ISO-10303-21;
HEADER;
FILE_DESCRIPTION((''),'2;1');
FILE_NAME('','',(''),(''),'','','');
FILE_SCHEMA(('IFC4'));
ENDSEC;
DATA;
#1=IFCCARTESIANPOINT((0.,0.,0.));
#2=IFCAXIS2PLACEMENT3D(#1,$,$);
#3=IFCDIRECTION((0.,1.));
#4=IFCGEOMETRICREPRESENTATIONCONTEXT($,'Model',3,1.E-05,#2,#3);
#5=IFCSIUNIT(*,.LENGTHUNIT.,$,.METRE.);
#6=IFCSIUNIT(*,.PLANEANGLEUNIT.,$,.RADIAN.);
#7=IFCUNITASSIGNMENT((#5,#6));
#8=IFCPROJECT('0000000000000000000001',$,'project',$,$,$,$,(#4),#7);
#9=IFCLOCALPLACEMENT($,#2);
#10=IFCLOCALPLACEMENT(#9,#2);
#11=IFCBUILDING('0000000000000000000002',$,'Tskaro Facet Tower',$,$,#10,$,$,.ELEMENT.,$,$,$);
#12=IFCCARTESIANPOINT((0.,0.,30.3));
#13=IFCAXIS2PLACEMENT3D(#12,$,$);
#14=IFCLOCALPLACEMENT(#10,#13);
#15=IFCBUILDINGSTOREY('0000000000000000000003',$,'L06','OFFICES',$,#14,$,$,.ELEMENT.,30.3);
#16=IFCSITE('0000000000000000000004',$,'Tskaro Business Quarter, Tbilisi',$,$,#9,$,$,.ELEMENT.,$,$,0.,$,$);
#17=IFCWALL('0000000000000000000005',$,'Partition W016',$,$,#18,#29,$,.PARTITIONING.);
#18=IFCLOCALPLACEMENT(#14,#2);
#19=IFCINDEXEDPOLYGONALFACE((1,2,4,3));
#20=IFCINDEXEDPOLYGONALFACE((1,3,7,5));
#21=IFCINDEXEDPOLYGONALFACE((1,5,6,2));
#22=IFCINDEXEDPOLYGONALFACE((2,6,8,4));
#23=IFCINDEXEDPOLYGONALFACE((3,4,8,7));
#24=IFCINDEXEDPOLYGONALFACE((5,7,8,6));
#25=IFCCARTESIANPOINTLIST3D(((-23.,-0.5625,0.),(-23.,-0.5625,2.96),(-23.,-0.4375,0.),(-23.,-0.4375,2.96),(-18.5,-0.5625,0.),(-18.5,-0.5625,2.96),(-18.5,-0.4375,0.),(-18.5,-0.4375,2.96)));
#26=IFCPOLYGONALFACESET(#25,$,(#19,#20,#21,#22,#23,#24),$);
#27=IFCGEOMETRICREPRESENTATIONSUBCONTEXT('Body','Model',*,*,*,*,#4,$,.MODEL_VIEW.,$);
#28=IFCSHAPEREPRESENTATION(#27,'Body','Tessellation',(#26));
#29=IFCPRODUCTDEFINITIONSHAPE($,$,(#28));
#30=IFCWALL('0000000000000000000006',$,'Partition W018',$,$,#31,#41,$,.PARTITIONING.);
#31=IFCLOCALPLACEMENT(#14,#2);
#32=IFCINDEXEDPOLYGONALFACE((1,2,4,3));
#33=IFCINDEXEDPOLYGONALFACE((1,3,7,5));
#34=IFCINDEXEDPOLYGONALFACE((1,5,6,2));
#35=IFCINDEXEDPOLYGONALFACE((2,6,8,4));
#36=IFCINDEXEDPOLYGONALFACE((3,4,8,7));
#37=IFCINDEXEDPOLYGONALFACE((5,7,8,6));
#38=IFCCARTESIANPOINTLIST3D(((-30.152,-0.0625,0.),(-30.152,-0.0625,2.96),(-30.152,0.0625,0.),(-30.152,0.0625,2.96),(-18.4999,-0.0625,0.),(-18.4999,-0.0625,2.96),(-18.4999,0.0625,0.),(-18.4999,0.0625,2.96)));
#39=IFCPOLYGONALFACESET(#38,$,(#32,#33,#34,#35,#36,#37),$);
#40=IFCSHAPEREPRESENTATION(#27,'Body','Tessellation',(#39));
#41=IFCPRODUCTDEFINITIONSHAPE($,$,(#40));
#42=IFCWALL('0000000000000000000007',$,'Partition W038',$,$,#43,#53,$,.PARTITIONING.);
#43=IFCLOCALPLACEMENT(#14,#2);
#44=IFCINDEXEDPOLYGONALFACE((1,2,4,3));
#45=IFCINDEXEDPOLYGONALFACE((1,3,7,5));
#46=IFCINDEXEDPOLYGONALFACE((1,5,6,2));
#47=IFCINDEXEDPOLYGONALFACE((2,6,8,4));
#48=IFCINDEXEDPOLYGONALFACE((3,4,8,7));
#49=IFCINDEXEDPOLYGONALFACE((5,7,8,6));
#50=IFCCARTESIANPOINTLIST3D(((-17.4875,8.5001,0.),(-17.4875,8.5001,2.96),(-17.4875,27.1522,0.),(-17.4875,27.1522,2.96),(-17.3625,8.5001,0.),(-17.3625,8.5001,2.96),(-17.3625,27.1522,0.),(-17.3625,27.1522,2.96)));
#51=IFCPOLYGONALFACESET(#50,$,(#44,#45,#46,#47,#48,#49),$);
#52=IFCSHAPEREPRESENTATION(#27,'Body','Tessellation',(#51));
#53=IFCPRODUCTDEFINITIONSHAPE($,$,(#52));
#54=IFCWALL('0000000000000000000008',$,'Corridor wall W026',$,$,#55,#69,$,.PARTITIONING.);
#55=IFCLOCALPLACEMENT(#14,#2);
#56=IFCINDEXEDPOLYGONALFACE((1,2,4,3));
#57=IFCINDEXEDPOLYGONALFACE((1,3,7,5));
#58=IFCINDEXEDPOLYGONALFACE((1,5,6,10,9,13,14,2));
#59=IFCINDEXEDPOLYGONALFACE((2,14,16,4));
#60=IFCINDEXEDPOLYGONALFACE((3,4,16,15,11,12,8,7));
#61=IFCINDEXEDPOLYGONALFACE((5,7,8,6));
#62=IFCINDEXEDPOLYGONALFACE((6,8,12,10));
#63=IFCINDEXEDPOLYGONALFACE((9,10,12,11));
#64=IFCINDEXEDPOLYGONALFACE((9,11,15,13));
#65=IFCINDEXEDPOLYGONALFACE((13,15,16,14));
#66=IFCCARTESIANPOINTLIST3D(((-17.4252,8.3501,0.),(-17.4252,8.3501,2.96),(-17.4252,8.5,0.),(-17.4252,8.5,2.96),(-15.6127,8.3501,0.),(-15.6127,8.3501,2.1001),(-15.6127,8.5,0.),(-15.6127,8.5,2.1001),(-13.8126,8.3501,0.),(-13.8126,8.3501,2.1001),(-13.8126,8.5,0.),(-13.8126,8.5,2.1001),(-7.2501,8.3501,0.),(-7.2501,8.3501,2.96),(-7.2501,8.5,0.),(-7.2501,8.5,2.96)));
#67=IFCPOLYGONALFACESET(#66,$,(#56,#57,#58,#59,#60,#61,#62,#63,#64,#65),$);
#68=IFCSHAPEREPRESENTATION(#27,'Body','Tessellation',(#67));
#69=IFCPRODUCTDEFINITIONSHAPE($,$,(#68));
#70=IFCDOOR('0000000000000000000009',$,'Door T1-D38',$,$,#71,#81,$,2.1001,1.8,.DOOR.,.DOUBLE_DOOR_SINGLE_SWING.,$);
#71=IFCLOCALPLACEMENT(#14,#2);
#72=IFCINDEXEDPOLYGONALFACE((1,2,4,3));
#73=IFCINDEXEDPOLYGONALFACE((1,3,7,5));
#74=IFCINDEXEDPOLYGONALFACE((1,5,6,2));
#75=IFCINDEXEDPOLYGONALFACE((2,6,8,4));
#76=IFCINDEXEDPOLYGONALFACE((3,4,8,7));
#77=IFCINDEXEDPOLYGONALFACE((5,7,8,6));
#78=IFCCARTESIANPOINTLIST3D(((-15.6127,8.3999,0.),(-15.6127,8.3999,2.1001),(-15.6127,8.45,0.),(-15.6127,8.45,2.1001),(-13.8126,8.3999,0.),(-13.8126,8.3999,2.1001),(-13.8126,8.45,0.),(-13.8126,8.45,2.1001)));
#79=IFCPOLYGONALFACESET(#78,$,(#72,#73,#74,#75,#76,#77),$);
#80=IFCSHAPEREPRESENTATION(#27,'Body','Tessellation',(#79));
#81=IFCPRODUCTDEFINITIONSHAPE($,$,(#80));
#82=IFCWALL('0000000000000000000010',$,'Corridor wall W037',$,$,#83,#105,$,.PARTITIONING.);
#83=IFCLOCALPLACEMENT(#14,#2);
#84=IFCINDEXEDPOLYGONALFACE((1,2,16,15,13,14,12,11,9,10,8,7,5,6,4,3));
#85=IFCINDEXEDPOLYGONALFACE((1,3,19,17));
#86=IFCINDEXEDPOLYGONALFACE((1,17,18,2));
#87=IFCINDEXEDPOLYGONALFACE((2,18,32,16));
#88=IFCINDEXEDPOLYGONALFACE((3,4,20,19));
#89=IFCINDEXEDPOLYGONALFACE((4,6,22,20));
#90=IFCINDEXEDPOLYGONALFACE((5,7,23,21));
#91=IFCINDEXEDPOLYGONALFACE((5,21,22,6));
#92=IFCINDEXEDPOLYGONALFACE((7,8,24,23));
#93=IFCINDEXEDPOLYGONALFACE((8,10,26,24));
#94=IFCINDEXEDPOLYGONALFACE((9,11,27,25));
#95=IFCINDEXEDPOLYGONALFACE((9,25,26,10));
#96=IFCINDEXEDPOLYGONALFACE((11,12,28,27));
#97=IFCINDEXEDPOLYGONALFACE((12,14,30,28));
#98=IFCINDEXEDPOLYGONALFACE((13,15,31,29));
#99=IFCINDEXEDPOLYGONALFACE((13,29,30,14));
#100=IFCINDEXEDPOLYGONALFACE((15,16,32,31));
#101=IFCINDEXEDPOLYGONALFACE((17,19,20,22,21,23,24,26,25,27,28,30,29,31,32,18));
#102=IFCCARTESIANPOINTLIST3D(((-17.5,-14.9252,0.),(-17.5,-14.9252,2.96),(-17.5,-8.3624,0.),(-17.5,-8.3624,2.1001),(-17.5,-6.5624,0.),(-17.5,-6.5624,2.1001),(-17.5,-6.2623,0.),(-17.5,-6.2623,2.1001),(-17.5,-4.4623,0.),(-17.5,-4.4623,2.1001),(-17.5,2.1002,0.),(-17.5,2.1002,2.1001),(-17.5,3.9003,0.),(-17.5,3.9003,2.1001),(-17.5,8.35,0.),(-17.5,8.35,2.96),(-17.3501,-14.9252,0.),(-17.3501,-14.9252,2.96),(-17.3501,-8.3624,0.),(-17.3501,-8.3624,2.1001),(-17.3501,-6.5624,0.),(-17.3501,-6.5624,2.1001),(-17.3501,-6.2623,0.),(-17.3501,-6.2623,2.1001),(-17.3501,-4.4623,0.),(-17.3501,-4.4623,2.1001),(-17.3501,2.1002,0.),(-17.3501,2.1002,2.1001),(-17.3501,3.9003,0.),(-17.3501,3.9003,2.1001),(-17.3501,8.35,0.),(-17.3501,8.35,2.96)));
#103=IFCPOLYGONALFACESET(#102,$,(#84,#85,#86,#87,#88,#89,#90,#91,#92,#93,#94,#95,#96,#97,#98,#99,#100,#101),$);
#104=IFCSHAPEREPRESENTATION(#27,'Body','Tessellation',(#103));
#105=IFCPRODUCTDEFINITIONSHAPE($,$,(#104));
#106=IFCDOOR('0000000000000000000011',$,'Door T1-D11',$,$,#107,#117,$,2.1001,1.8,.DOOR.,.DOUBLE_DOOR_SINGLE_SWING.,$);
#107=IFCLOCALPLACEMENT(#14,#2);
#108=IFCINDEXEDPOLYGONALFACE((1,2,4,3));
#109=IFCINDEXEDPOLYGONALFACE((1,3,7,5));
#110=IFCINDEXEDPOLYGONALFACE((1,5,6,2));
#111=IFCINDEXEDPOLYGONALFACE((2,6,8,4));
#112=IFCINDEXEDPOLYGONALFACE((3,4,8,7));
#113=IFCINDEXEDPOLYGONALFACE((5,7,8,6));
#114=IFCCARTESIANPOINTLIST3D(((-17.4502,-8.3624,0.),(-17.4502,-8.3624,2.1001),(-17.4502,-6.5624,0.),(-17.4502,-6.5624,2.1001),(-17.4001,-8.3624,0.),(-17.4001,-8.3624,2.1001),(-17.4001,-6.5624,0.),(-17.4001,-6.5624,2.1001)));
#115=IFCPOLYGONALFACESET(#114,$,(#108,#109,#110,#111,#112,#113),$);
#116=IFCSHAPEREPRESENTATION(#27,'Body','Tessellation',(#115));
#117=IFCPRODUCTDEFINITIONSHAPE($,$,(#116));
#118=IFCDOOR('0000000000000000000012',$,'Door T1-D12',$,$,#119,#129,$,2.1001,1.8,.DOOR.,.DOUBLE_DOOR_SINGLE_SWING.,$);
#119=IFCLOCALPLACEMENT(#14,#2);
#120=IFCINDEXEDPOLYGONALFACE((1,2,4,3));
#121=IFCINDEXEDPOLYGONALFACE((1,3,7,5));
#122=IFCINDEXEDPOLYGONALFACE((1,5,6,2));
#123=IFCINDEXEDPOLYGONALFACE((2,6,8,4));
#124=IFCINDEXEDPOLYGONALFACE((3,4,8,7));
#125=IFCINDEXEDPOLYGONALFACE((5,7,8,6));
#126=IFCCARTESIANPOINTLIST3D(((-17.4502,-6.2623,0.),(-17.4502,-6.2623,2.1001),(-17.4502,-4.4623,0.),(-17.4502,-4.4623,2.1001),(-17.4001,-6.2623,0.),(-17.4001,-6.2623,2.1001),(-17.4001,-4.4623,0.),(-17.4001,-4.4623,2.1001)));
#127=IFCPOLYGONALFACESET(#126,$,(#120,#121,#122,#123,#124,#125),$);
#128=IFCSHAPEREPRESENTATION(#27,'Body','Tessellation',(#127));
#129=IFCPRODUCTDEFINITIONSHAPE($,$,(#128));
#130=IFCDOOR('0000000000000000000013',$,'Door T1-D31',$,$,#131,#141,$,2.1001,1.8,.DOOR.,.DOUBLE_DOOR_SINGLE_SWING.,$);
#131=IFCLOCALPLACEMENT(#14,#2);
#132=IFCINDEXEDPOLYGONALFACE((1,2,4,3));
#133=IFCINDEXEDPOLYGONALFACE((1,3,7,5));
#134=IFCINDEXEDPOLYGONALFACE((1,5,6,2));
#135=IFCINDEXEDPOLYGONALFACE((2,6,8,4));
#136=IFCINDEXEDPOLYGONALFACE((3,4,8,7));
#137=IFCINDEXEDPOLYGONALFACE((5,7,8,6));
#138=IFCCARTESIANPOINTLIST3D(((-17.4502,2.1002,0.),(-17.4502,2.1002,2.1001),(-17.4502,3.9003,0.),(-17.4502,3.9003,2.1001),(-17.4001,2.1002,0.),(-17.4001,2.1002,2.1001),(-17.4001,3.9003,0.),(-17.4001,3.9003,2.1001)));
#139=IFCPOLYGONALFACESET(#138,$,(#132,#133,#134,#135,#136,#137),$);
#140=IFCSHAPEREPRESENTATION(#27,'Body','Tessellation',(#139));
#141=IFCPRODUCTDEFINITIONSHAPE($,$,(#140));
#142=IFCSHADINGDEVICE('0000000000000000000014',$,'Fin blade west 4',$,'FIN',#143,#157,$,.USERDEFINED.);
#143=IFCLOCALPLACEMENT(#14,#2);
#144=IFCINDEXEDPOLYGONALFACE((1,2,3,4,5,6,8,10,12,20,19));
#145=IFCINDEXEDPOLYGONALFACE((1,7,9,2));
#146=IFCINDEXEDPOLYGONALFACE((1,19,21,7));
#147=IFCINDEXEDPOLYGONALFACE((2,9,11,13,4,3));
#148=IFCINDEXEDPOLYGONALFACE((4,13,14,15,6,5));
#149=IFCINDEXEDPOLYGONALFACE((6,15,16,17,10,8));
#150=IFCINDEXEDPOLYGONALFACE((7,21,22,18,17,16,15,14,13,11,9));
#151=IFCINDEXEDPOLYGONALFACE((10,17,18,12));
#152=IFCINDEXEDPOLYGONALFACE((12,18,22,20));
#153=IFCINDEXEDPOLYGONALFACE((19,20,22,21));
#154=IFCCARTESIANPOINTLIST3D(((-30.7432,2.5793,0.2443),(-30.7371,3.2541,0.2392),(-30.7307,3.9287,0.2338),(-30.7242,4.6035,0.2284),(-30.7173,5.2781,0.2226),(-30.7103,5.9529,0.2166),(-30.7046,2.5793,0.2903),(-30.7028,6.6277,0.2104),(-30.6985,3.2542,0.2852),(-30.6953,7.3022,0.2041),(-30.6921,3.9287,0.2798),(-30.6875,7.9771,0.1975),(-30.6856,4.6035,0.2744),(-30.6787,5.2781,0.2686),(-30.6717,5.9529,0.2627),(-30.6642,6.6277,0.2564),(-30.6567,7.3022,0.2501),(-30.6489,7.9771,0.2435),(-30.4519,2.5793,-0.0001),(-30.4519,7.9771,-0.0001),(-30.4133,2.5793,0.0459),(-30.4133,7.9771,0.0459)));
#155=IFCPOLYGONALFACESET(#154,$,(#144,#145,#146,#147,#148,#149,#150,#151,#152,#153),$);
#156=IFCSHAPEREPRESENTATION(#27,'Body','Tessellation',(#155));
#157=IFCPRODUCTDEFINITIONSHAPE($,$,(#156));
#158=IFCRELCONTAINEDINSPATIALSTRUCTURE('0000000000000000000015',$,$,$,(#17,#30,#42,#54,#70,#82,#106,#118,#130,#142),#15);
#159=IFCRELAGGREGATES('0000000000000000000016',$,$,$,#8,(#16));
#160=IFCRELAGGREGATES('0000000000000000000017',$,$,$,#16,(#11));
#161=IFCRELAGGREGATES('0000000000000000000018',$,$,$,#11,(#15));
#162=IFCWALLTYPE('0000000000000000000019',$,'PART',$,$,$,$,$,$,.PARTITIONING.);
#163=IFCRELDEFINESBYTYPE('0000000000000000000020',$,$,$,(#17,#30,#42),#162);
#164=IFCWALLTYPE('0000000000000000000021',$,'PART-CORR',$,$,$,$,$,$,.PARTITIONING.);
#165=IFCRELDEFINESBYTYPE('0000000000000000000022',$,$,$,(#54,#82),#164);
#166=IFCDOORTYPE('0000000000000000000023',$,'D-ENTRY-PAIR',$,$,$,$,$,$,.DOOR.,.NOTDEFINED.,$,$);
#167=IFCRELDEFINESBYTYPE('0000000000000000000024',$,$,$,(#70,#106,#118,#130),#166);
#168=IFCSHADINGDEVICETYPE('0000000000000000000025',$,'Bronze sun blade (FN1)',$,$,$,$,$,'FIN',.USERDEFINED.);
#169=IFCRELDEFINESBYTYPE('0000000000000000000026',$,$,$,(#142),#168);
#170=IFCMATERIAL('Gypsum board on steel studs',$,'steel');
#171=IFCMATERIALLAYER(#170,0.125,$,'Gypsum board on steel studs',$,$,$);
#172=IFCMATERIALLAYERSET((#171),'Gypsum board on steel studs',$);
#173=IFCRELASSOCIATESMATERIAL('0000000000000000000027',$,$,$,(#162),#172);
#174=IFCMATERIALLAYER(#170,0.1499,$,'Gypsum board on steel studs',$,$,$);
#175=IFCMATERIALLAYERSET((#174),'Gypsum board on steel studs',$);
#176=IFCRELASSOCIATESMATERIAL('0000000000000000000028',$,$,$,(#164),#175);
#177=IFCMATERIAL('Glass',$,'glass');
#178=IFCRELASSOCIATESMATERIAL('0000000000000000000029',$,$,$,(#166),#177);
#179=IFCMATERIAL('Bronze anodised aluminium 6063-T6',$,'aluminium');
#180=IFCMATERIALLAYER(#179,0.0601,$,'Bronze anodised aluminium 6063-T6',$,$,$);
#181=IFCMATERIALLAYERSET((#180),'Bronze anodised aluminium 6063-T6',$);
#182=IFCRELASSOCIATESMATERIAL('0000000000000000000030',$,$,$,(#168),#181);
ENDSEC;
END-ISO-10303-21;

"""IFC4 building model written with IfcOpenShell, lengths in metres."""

from ifc_helpers import new_model, si_unit, direction, frame, frame_2d, origin, place, context, subcontext, project, spatial, polyline, rectangle, outline, extrude, material, layer, layer_set, type_object, element, fill, save


model = new_model("IFC4")

# Units and contexts
model_context = context("Model", 3, precision=1e-05, world=origin(), true_north=direction((0.0, 1.0)))
body_context = subcontext(model_context, "Body", "Model", "MODEL_VIEW")
ifc_project = project(units=[si_unit("LENGTHUNIT", "METRE"), si_unit("PLANEANGLEUNIT", "RADIAN")], contexts=[model_context])

# Site, building, storey
site_placement = place(None, origin())
site = spatial("IfcSite", under=ifc_project, at=site_placement, Name="Tskaro Business Quarter, Tbilisi", CompositionType="ELEMENT", RefElevation=0.0)
building_placement = place(site_placement, origin())
building = spatial("IfcBuilding", under=site, at=building_placement, Name="Tskaro Facet Tower", CompositionType="ELEMENT")
storey_placement = place(building_placement, frame((0.0, 0.0, 30.3)))
storey = spatial("IfcBuildingStorey", under=building, at=storey_placement, Name="L06", Description="OFFICES", CompositionType="ELEMENT", Elevation=30.3)

# Shared definitions
ifc_material_1 = material(Name="Bronze anodised aluminium 6063-T6", Category="aluminium")

# Walls
ifc_material_2 = material(Name="Gypsum board on steel studs", Category="steel")
ifc_layer_1 = layer(ifc_material_2, 0.125, Name="Gypsum board on steel studs")
ifc_layer_set_1 = layer_set([ifc_layer_1], Name="Gypsum board on steel studs")
wall_type_1 = type_object("IfcWallType", Name="PART", PredefinedType="PARTITIONING", material=ifc_layer_set_1)
wall_1_placement = place(storey_placement, frame((-23.0, -0.5, 0.0), z_axis=(0.0, 0.0, 1.0), x_axis=(1.0, 0.0, 0.0)))
element("IfcWall", 1, at=wall_1_placement, inside=storey, type_object=wall_type_1, Name="Partition W016", PredefinedType="PARTITIONING", context=body_context, shape_type="SweptSolid", body=[
    extrude(rectangle(XDim=4.5, YDim=0.125, at=frame_2d((2.25, 0.0))), origin(), (0.0, 0.0, 1.0), 2.96),
])
wall_2_placement = place(storey_placement, frame((-30.1521, 0.0, 0.0), z_axis=(0.0, 0.0, 1.0), x_axis=(1.0, 0.0, 0.0)))
element("IfcWall", 2, at=wall_2_placement, inside=storey, type_object=wall_type_1, Name="Partition W018", PredefinedType="PARTITIONING", context=body_context, shape_type="SweptSolid", body=[
    extrude(rectangle(XDim=11.6521, YDim=0.125, at=frame_2d((5.8262, 0.0))), origin(), (0.0, 0.0, 1.0), 2.96),
])
wall_3_placement = place(storey_placement, frame((-17.425, 8.5, 0.0), z_axis=(0.0, 0.0, 1.0), x_axis=(0.0, 1.0, 0.0)))
element("IfcWall", 3, at=wall_3_placement, inside=storey, type_object=wall_type_1, Name="Partition W038", PredefinedType="PARTITIONING", context=body_context, shape_type="SweptSolid", body=[
    extrude(rectangle(XDim=18.6521, YDim=0.125, at=frame_2d((9.3262, 0.0))), origin(), (0.0, 0.0, 1.0), 2.96),
])

# Wall, opening, door
ifc_layer_2 = layer(ifc_material_2, 0.1499, Name="Gypsum board on steel studs")
ifc_layer_set_2 = layer_set([ifc_layer_2], Name="Gypsum board on steel studs")
wall_type_2 = type_object("IfcWallType", Name="PART-CORR", PredefinedType="PARTITIONING", material=ifc_layer_set_2)
wall_4_placement = place(storey_placement, frame((-17.425, 8.425, 0.0), z_axis=(0.0, 0.0, 1.0), x_axis=(1.0, 0.0, 0.0)))
wall_4 = element("IfcWall", 4, at=wall_4_placement, inside=storey, type_object=wall_type_2, Name="Corridor wall W026", PredefinedType="PARTITIONING", context=body_context, shape_type="SweptSolid", body=[
    extrude(rectangle(XDim=10.175, YDim=0.1499, at=frame_2d((5.0874, 0.0))), origin(), (0.0, 0.0, 1.0), 2.96),
])
opening_1_placement = place(wall_4_placement, frame((1.8125, 0.0, 0.0)))
opening_1 = element("IfcOpeningElement", 5, at=opening_1_placement, cuts=wall_4, PredefinedType="OPENING", context=body_context, shape_type="SweptSolid", body=[
    extrude(rectangle(XDim=1.8, YDim=2.1001, at=frame_2d((0.8999, 1.05))), frame((0.0, 0.085, 0.0), z_axis=(0.0, -1.0, 0.0), x_axis=(1.0, 0.0, 0.0)), (0.0, 0.0, 1.0), 0.1699),
])
ifc_material_3 = material(Name="Glass", Category="glass")
door_type = type_object("IfcDoorType", Name="D-ENTRY-PAIR", OperationType="NOTDEFINED", PredefinedType="DOOR", material=ifc_material_3)
door_1_placement = place(opening_1_placement, origin())
door_1 = element("IfcDoor", 6, at=door_1_placement, inside=storey, type_object=door_type, Name="Door T1-D38", OperationType="DOUBLE_DOOR_SINGLE_SWING", OverallHeight=2.1001, OverallWidth=1.8, PredefinedType="DOOR", context=body_context, shape_type="SweptSolid", body=[
    extrude(rectangle(XDim=1.8, YDim=2.1001, at=frame_2d((0.8999, 1.05))), frame((0.0, 0.0249, 0.0), z_axis=(0.0, -1.0, 0.0), x_axis=(1.0, 0.0, 0.0)), (0.0, 0.0, 1.0), 0.05),
])
fill(opening_1, door_1)

# Wall, openings, doors
wall_5_placement = place(storey_placement, frame((-17.425, 8.3501, 0.0), z_axis=(0.0, 0.0, 1.0), x_axis=(0.0, -1.0, 0.0)))
wall_5 = element("IfcWall", 7, at=wall_5_placement, inside=storey, type_object=wall_type_2, Name="Corridor wall W037", PredefinedType="PARTITIONING", context=body_context, shape_type="SweptSolid", body=[
    extrude(rectangle(XDim=23.2751, YDim=0.1499, at=frame_2d((11.6377, 0.0))), origin(), (0.0, 0.0, 1.0), 2.96),
])
opening_2_placement = place(wall_5_placement, frame((14.9126, 0.0, 0.0)))
opening_2 = element("IfcOpeningElement", 8, at=opening_2_placement, cuts=wall_5, PredefinedType="OPENING", context=body_context, shape_type="SweptSolid", body=[
    extrude(rectangle(XDim=1.8, YDim=2.1001, at=frame_2d((0.8999, 1.05))), frame((0.0, 0.085, 0.0), z_axis=(0.0, -1.0, 0.0), x_axis=(1.0, 0.0, 0.0)), (0.0, 0.0, 1.0), 0.1699),
])
opening_3_placement = place(wall_5_placement, frame((12.8125, 0.0, 0.0)))
opening_3 = element("IfcOpeningElement", 9, at=opening_3_placement, cuts=wall_5, PredefinedType="OPENING", context=body_context, shape_type="SweptSolid", body=[
    extrude(rectangle(XDim=1.8, YDim=2.1001, at=frame_2d((0.8999, 1.05))), frame((0.0, 0.085, 0.0), z_axis=(0.0, -1.0, 0.0), x_axis=(1.0, 0.0, 0.0)), (0.0, 0.0, 1.0), 0.1699),
])
opening_4_placement = place(wall_5_placement, frame((4.45, 0.0, 0.0)))
opening_4 = element("IfcOpeningElement", 10, at=opening_4_placement, cuts=wall_5, PredefinedType="OPENING", context=body_context, shape_type="SweptSolid", body=[
    extrude(rectangle(XDim=1.8, YDim=2.1001, at=frame_2d((0.8999, 1.05))), frame((0.0, 0.085, 0.0), z_axis=(0.0, -1.0, 0.0), x_axis=(1.0, 0.0, 0.0)), (0.0, 0.0, 1.0), 0.1699),
])
door_2_placement = place(opening_2_placement, origin())
door_2 = element("IfcDoor", 11, at=door_2_placement, inside=storey, type_object=door_type, Name="Door T1-D11", OperationType="DOUBLE_DOOR_SINGLE_SWING", OverallHeight=2.1001, OverallWidth=1.8, PredefinedType="DOOR", context=body_context, shape_type="SweptSolid", body=[
    extrude(rectangle(XDim=1.8, YDim=2.1001, at=frame_2d((0.8999, 1.05))), frame((0.0, 0.0249, 0.0), z_axis=(0.0, -1.0, 0.0), x_axis=(1.0, 0.0, 0.0)), (0.0, 0.0, 1.0), 0.05),
])
fill(opening_2, door_2)
door_3_placement = place(opening_3_placement, origin())
door_3 = element("IfcDoor", 12, at=door_3_placement, inside=storey, type_object=door_type, Name="Door T1-D12", OperationType="DOUBLE_DOOR_SINGLE_SWING", OverallHeight=2.1001, OverallWidth=1.8, PredefinedType="DOOR", context=body_context, shape_type="SweptSolid", body=[
    extrude(rectangle(XDim=1.8, YDim=2.1001, at=frame_2d((0.8999, 1.05))), frame((0.0, 0.0249, 0.0), z_axis=(0.0, -1.0, 0.0), x_axis=(1.0, 0.0, 0.0)), (0.0, 0.0, 1.0), 0.05),
])
fill(opening_3, door_3)
door_4_placement = place(opening_4_placement, origin())
door_4 = element("IfcDoor", 13, at=door_4_placement, inside=storey, type_object=door_type, Name="Door T1-D31", OperationType="DOUBLE_DOOR_SINGLE_SWING", OverallHeight=2.1001, OverallWidth=1.8, PredefinedType="DOOR", context=body_context, shape_type="SweptSolid", body=[
    extrude(rectangle(XDim=1.8, YDim=2.1001, at=frame_2d((0.8999, 1.05))), frame((0.0, 0.0249, 0.0), z_axis=(0.0, -1.0, 0.0), x_axis=(1.0, 0.0, 0.0)), (0.0, 0.0, 1.0), 0.05),
])
fill(opening_4, door_4)

# Shading device
ifc_layer_3 = layer(ifc_material_1, 0.0601, Name="Bronze anodised aluminium 6063-T6")
ifc_layer_set_3 = layer_set([ifc_layer_3], Name="Bronze anodised aluminium 6063-T6")
shading_device_type = type_object("IfcShadingDeviceType", Name="Bronze sun blade (FN1)", ElementType="FIN", PredefinedType="USERDEFINED", material=ifc_layer_set_3)
shading_device_1_placement = place(storey_placement, frame((-30.4133, 7.9771, 0.0459), z_axis=(0.642718, 0.000012, 0.766103), x_axis=(0.000008, -1.0, 0.000009)))
element("IfcShadingDevice", 14, at=shading_device_1_placement, inside=storey, type_object=shading_device_type, Name="Fin blade west 4", ObjectType="FIN", PredefinedType="USERDEFINED", context=body_context, shape_type="SweptSolid", body=[
    extrude(outline(polyline([(0.0, 0.0), (5.3977, 0.0), (5.3977, -0.3802), (4.7229, -0.3722), (4.0483, -0.3639), (3.3735, -0.3554), (2.699, -0.3464), (2.0242, -0.3372), (1.3494, -0.3275), (0.6748, -0.3177), (0.0, -0.3074), (0.0, 0.0)])), origin(), (0.0, 0.0, -1.0), 0.0601),
])

save(model, "model.ifc")
